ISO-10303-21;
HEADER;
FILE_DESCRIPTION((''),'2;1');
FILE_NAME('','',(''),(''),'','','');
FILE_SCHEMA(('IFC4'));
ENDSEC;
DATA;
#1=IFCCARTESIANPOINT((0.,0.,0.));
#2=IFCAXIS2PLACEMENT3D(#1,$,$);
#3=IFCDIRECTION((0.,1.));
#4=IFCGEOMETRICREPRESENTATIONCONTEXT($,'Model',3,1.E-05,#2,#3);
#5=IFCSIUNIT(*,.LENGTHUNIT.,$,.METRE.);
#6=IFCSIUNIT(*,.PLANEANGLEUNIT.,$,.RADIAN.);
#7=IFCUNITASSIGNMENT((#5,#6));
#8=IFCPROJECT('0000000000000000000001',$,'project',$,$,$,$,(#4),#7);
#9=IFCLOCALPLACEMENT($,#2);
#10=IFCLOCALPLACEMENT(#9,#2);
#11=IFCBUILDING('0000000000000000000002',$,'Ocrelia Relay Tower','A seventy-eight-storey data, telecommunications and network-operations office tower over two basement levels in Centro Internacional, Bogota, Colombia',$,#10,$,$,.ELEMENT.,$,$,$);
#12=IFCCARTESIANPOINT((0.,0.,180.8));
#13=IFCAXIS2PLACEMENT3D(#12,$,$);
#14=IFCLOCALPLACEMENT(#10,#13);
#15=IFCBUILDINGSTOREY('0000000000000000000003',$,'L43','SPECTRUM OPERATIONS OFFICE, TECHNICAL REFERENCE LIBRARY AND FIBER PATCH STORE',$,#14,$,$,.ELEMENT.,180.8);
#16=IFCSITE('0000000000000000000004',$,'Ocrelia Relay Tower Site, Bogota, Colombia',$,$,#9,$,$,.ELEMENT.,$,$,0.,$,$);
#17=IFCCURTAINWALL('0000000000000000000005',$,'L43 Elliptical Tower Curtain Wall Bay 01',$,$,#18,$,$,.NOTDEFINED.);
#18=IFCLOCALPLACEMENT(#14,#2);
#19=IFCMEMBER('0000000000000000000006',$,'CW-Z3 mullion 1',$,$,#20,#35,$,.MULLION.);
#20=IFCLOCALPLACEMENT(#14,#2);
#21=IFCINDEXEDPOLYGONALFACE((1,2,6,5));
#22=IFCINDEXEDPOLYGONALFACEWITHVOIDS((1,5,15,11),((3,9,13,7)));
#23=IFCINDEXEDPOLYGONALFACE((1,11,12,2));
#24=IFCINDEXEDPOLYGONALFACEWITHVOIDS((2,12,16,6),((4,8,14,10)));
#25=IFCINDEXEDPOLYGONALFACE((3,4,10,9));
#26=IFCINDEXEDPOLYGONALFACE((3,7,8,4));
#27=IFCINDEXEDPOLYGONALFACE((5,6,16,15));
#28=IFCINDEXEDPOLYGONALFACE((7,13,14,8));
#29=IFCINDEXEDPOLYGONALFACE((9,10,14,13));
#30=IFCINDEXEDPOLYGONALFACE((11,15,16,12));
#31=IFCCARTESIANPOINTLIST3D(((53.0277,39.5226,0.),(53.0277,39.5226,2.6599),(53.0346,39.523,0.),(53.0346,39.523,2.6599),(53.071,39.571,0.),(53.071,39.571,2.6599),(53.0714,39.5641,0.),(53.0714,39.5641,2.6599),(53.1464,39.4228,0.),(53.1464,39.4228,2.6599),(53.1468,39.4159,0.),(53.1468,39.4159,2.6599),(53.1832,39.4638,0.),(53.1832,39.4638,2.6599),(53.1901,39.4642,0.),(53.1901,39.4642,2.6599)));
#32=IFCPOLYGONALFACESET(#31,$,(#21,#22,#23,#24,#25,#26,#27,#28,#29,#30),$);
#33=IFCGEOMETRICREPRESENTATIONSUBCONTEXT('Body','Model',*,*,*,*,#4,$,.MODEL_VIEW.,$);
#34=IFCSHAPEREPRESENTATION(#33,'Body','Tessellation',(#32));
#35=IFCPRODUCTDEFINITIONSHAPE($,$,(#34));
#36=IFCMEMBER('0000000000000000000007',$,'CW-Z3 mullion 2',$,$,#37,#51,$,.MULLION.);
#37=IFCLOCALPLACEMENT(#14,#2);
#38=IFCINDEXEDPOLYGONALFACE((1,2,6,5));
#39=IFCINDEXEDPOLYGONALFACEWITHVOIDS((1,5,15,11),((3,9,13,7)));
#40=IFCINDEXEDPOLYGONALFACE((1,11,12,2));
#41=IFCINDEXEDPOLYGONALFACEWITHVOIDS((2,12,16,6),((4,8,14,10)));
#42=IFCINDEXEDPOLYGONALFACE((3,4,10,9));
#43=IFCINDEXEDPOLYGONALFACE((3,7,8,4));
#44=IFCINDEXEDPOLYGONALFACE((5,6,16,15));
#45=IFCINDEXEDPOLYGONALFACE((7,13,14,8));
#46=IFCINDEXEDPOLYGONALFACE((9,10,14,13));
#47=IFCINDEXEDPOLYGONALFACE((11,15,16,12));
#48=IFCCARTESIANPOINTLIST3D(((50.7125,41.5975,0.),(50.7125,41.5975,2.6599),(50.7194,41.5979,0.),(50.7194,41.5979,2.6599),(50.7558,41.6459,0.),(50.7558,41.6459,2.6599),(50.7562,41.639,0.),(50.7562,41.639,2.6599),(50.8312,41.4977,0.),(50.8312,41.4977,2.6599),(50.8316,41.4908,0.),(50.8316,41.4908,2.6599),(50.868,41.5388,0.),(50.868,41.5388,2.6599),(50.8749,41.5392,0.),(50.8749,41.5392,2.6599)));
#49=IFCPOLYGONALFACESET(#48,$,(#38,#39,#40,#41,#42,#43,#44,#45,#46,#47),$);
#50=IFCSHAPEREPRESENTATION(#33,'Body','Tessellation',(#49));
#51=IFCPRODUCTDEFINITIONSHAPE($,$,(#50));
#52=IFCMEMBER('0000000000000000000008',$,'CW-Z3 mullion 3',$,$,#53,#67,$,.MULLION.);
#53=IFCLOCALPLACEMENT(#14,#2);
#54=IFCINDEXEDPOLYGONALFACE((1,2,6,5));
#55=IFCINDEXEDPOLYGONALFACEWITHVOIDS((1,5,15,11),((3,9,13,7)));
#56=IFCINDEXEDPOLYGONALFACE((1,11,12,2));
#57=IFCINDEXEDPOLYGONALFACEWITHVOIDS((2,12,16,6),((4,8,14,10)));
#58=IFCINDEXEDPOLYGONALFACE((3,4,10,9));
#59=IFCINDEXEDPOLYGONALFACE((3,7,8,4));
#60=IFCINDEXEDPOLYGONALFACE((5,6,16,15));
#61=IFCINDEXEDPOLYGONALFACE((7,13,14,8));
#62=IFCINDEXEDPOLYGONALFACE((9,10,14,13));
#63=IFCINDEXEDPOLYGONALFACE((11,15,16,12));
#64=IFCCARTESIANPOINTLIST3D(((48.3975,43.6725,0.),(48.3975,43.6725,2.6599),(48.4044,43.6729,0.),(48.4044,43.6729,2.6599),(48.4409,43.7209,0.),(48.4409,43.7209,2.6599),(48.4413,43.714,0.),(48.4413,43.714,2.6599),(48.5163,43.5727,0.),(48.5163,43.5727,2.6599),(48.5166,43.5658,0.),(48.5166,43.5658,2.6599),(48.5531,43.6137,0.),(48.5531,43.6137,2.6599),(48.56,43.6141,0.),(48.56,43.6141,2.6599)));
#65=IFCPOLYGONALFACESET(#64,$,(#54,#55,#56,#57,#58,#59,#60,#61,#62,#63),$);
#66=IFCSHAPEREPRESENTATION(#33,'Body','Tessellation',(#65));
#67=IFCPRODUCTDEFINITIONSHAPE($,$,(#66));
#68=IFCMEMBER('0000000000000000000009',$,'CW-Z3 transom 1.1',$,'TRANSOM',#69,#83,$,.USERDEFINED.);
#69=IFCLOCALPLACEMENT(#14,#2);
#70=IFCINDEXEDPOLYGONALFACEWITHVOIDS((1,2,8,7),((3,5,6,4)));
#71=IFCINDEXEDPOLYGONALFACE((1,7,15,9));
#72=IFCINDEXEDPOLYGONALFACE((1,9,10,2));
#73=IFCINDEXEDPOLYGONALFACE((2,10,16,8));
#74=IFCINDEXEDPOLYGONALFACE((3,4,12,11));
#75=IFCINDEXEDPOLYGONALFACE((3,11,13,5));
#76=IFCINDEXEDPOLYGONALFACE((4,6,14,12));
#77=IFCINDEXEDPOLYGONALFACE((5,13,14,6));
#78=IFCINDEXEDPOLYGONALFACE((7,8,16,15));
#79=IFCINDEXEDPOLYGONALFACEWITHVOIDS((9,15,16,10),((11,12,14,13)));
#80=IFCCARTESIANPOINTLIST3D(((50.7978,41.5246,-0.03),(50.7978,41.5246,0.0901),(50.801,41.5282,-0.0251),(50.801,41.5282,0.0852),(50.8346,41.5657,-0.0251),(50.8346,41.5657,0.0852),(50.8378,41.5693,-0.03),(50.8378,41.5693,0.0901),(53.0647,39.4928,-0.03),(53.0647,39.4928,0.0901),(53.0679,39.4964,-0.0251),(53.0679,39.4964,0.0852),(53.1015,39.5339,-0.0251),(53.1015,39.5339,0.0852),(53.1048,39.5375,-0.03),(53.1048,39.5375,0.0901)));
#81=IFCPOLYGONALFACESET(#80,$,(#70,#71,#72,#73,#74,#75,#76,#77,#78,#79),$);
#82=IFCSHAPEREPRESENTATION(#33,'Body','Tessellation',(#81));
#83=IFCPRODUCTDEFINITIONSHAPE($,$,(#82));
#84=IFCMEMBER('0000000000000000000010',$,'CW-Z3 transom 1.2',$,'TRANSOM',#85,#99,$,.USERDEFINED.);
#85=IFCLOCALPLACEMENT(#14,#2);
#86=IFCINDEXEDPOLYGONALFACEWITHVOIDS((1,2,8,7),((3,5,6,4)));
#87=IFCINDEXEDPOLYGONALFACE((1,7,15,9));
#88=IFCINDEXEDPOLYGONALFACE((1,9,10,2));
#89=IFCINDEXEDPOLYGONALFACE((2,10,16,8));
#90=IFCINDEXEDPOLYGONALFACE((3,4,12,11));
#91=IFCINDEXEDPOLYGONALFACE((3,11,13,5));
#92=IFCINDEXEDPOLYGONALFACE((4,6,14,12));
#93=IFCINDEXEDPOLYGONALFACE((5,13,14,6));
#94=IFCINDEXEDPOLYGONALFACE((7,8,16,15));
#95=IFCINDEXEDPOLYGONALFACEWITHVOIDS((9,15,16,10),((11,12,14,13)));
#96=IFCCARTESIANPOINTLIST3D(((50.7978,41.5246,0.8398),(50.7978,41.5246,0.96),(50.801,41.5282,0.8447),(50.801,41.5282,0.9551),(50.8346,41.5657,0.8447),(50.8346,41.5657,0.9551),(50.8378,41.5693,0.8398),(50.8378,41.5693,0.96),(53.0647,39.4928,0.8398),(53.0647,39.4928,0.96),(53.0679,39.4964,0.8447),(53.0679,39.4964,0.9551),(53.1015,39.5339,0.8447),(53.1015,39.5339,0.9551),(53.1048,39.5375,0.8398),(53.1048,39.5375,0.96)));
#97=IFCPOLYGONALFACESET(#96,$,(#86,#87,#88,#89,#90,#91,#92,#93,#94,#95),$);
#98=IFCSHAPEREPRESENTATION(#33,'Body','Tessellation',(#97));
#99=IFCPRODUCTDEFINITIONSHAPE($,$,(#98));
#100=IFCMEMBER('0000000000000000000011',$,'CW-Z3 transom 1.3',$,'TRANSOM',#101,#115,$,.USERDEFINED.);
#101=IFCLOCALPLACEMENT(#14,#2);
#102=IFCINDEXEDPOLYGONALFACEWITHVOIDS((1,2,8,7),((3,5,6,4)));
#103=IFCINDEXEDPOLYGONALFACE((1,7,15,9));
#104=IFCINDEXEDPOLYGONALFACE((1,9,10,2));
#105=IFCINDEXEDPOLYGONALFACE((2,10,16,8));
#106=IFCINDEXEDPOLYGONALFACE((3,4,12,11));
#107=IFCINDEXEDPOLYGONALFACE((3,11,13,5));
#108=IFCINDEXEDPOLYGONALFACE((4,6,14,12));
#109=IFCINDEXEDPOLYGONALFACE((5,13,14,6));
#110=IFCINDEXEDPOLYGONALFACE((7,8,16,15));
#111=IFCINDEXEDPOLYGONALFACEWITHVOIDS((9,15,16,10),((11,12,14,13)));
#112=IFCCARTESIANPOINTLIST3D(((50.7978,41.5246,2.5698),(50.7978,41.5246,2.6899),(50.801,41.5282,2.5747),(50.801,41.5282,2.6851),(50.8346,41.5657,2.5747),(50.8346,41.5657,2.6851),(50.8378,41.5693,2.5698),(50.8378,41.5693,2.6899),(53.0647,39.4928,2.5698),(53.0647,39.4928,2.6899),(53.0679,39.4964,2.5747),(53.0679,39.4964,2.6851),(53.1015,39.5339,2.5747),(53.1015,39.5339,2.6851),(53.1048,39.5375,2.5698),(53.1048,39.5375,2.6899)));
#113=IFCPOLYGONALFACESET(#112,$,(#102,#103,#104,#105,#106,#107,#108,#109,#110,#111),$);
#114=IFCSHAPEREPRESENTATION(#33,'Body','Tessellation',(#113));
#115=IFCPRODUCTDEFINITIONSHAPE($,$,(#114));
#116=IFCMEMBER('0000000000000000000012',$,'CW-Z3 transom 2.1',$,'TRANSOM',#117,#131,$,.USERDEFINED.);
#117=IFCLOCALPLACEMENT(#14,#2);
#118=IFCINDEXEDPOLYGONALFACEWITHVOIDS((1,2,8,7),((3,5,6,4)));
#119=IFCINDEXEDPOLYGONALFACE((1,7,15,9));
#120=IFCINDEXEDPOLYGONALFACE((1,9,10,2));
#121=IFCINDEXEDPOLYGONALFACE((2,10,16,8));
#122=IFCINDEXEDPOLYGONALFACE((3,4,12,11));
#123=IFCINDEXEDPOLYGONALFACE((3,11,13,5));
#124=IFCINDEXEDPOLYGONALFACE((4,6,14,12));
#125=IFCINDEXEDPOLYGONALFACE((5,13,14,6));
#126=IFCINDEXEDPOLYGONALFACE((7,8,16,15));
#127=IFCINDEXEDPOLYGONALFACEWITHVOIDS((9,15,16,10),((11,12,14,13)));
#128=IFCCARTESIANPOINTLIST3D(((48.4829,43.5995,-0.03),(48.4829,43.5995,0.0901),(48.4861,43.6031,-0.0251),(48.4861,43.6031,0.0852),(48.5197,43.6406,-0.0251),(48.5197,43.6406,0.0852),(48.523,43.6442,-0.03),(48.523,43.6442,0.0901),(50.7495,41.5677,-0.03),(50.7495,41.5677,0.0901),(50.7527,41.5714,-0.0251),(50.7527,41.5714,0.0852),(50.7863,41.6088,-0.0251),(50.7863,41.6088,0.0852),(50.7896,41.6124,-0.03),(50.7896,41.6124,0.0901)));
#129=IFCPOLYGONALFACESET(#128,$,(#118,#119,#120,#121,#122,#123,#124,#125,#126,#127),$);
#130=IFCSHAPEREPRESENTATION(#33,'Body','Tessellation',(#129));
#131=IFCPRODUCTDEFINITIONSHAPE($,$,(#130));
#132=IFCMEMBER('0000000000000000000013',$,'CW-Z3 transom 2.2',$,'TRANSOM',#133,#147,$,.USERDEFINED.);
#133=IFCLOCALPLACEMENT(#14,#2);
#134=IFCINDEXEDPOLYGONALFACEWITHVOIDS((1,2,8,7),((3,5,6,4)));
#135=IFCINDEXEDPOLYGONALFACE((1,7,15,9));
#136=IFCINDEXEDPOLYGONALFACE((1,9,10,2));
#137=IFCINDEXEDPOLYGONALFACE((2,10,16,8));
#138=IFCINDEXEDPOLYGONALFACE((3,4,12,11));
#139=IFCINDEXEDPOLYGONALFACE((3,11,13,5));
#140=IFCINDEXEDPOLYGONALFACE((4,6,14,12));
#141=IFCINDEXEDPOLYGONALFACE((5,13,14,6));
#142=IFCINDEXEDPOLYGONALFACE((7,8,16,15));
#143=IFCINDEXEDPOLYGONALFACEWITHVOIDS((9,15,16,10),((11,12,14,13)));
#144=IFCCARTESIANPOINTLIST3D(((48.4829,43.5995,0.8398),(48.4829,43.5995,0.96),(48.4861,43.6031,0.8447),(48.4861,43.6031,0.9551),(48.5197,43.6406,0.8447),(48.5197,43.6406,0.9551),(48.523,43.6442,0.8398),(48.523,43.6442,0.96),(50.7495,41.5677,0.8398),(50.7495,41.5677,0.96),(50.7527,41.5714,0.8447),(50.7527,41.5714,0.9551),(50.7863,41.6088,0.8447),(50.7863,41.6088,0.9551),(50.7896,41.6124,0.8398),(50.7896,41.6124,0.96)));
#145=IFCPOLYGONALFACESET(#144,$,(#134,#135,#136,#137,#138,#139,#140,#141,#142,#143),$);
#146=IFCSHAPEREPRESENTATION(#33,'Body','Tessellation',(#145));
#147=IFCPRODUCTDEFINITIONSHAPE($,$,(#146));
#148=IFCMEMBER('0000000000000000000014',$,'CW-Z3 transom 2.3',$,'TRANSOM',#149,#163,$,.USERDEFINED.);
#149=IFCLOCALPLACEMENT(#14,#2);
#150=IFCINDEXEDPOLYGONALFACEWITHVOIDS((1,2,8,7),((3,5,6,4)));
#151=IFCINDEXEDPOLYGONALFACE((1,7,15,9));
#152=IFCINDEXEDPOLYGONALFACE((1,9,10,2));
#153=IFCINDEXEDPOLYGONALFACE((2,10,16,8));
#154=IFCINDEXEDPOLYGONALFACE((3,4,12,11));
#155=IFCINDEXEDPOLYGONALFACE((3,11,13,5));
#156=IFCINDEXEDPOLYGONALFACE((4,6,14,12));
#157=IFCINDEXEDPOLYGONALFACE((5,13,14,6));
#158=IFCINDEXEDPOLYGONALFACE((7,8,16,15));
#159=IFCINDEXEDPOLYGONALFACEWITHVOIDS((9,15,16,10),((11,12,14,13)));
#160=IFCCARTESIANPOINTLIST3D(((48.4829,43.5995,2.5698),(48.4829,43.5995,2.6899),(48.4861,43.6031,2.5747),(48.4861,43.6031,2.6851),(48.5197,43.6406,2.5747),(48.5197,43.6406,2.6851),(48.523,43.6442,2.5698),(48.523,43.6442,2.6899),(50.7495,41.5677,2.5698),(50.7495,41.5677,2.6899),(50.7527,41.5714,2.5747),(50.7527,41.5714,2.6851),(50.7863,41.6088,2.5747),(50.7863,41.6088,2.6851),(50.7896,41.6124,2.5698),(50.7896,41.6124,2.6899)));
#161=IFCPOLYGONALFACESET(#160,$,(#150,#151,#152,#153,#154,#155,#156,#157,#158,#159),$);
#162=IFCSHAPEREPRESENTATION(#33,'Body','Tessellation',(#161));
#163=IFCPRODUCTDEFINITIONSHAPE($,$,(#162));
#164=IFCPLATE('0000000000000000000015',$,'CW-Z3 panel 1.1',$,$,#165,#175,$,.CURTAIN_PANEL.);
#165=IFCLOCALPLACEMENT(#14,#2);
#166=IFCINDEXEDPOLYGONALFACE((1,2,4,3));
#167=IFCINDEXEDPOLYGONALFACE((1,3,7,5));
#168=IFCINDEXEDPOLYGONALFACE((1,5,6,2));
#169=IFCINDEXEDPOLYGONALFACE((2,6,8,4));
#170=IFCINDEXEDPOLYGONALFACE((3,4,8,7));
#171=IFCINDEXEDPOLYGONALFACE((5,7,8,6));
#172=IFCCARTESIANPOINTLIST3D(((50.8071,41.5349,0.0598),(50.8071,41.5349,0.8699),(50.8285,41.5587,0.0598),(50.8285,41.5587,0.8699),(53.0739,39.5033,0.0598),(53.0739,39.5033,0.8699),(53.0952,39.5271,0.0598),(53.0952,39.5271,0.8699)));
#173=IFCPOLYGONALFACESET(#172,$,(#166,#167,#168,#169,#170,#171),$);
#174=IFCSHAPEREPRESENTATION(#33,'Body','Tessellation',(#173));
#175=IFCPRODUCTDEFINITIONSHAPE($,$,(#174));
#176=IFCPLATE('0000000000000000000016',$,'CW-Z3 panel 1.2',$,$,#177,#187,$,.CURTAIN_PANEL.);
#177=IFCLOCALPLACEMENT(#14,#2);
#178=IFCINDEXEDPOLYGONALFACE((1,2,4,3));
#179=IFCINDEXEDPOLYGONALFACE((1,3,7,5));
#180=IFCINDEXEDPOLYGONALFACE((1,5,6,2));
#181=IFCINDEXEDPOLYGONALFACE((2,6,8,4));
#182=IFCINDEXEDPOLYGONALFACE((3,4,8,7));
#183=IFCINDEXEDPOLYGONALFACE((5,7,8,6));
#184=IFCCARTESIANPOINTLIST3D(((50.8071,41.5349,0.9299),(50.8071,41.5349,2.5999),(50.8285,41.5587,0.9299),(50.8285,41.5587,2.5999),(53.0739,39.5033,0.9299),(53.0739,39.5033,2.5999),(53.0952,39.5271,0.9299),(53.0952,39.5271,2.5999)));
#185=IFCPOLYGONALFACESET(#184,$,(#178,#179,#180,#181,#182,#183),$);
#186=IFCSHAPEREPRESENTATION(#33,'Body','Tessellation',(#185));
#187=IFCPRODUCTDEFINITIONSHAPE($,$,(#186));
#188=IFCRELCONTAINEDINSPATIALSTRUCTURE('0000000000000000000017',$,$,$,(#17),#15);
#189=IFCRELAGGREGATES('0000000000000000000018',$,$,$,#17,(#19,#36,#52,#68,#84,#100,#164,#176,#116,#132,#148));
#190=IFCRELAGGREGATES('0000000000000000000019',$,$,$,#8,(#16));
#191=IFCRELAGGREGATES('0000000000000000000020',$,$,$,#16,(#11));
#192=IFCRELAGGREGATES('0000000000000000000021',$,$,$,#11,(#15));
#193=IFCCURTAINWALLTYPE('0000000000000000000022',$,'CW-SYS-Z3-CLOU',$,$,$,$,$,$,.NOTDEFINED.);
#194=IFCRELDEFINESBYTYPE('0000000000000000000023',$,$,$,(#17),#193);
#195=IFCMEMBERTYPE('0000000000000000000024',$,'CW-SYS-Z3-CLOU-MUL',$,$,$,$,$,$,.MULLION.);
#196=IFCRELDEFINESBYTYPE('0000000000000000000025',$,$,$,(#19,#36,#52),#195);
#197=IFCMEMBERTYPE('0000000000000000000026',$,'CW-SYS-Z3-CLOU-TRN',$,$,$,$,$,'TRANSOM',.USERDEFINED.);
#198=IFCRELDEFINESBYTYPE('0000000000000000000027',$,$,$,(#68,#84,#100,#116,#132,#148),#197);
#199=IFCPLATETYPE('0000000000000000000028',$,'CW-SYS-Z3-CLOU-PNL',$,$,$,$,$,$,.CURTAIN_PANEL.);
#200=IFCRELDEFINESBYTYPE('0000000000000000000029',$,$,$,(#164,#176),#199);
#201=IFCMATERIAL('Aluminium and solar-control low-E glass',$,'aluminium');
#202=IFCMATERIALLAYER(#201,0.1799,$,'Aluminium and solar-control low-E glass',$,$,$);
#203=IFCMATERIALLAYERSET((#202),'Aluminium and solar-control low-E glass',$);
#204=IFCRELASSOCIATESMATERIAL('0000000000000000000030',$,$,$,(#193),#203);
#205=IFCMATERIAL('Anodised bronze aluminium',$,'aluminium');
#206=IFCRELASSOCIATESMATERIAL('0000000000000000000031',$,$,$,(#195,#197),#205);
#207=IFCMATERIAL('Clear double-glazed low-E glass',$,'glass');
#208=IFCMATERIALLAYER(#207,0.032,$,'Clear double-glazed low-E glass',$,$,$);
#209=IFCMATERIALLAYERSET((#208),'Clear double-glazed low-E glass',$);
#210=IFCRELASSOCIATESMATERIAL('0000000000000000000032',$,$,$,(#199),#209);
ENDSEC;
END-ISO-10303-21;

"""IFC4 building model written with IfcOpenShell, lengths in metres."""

from ifc_helpers import new_model, si_unit, direction, frame, origin, origin_2d, place, context, subcontext, project, spatial, rectangle, hollow_rectangle, extrude, material, layer, layer_set, material_profile, profile_set, type_object, element, aggregate, save


model = new_model("IFC4")

# Units and contexts
model_context = context("Model", 3, precision=1e-05, world=origin(), true_north=direction((0.0, 1.0)))
body_context = subcontext(model_context, "Body", "Model", "MODEL_VIEW")
ifc_project = project(units=[si_unit("LENGTHUNIT", "METRE"), si_unit("PLANEANGLEUNIT", "RADIAN")], contexts=[model_context])

# Site, building, storey
site_placement = place(None, origin())
site = spatial("IfcSite", under=ifc_project, at=site_placement, Name="Ocrelia Relay Tower Site, Bogota, Colombia", CompositionType="ELEMENT", RefElevation=0.0)
building_placement = place(site_placement, origin())
building = spatial("IfcBuilding", under=site, at=building_placement, Name="Ocrelia Relay Tower", Description="A seventy-eight-storey data, telecommunications and network-operations office tower over two basement levels in Centro Internacional, Bogota, Colombia", CompositionType="ELEMENT")
storey_placement = place(building_placement, frame((0.0, 0.0, 180.8)))
storey = spatial("IfcBuildingStorey", under=building, at=storey_placement, Name="L43", Description="SPECTRUM OPERATIONS OFFICE, TECHNICAL REFERENCE LIBRARY AND FIBER PATCH STORE", CompositionType="ELEMENT", Elevation=180.8)

# Curtain wall, members, plates
ifc_material_1 = material(Name="Aluminium and solar-control low-E glass", Category="aluminium")
ifc_layer_1 = layer(ifc_material_1, 0.1799, Name="Aluminium and solar-control low-E glass")
ifc_layer_set_1 = layer_set([ifc_layer_1], Name="Aluminium and solar-control low-E glass")
curtain_wall_type = type_object("IfcCurtainWallType", Name="CW-SYS-Z3-CLOU", PredefinedType="NOTDEFINED", material=ifc_layer_set_1)
curtain_wall_placement = place(storey_placement, origin())
curtain_wall = element("IfcCurtainWall", 1, at=curtain_wall_placement, inside=storey, type_object=curtain_wall_type, Name="L43 Elliptical Tower Curtain Wall Bay 01", PredefinedType="NOTDEFINED")
ifc_material_2 = material(Name="Anodised bronze aluminium", Category="aluminium")
ifc_material_profile_1 = material_profile(ifc_material_2, hollow_rectangle(XDim=0.0649, YDim=0.1599, WallThickness=0.0049, at=origin_2d()), Name="CW-MUL-160x65")
ifc_profile_set_1 = profile_set([ifc_material_profile_1], Name="Anodised bronze aluminium")
member_type_1 = type_object("IfcMemberType", Name="CW-SYS-Z3-CLOU-MUL", PredefinedType="MULLION", material=ifc_profile_set_1)
member_1_placement = place(storey_placement, frame((53.1089, 39.4934, 0.0), z_axis=(0.0, 0.0, 1.0), x_axis=(-0.667438, -0.744666, 0.0)))
member_1 = element("IfcMember", 2, at=member_1_placement, type_object=member_type_1, Name="CW-Z3 mullion 1", PredefinedType="MULLION", context=body_context, shape_type="SweptSolid", body=[
    extrude(hollow_rectangle(XDim=0.0649, YDim=0.1599, WallThickness=0.0049, at=origin_2d()), origin(), (0.0, 0.0, 1.0), 2.6599),
])
member_2_placement = place(storey_placement, frame((50.7937, 41.5684, 0.0), z_axis=(0.0, 0.0, 1.0), x_axis=(-0.667438, -0.744666, 0.0)))
member_2 = element("IfcMember", 3, at=member_2_placement, type_object=member_type_1, Name="CW-Z3 mullion 2", PredefinedType="MULLION", context=body_context, shape_type="SweptSolid", body=[
    extrude(hollow_rectangle(XDim=0.0649, YDim=0.1599, WallThickness=0.0049, at=origin_2d()), origin(), (0.0, 0.0, 1.0), 2.6599),
])
member_3_placement = place(storey_placement, frame((48.4788, 43.6433, 0.0), z_axis=(0.0, 0.0, 1.0), x_axis=(-0.667438, -0.744666, 0.0)))
member_3 = element("IfcMember", 4, at=member_3_placement, type_object=member_type_1, Name="CW-Z3 mullion 3", PredefinedType="MULLION", context=body_context, shape_type="SweptSolid", body=[
    extrude(hollow_rectangle(XDim=0.0649, YDim=0.1599, WallThickness=0.0049, at=origin_2d()), origin(), (0.0, 0.0, 1.0), 2.6599),
])
ifc_material_profile_2 = material_profile(ifc_material_2, hollow_rectangle(XDim=0.0601, YDim=0.1201, WallThickness=0.0049, at=origin_2d()), Name="CW-TRN-120x60")
ifc_profile_set_2 = profile_set([ifc_material_profile_2], Name="Anodised bronze aluminium")
member_type_2 = type_object("IfcMemberType", Name="CW-SYS-Z3-CLOU-TRN", ElementType="TRANSOM", PredefinedType="USERDEFINED", material=ifc_profile_set_2)
member_4_placement = place(storey_placement, frame((53.0847, 39.5151, 0.03), z_axis=(-0.744668, 0.667435, 0.0), x_axis=(-0.667435, -0.744668, 0.0)))
member_4 = element("IfcMember", 5, at=member_4_placement, type_object=member_type_2, Name="CW-Z3 transom 1.1", ObjectType="TRANSOM", PredefinedType="USERDEFINED", context=body_context, shape_type="SweptSolid", body=[
    extrude(hollow_rectangle(XDim=0.0601, YDim=0.1201, WallThickness=0.0049, at=origin_2d()), origin(), (0.0, 0.0, 1.0), 3.0442),
])
member_5_placement = place(storey_placement, frame((53.0847, 39.5151, 0.8999), z_axis=(-0.744668, 0.667435, 0.0), x_axis=(-0.667435, -0.744668, 0.0)))
member_5 = element("IfcMember", 6, at=member_5_placement, type_object=member_type_2, Name="CW-Z3 transom 1.2", ObjectType="TRANSOM", PredefinedType="USERDEFINED", context=body_context, shape_type="SweptSolid", body=[
    extrude(hollow_rectangle(XDim=0.0601, YDim=0.1201, WallThickness=0.0049, at=origin_2d()), origin(), (0.0, 0.0, 1.0), 3.0442),
])
member_6_placement = place(storey_placement, frame((53.0847, 39.5151, 2.6299), z_axis=(-0.744668, 0.667435, 0.0), x_axis=(-0.667435, -0.744668, 0.0)))
member_6 = element("IfcMember", 7, at=member_6_placement, type_object=member_type_2, Name="CW-Z3 transom 1.3", ObjectType="TRANSOM", PredefinedType="USERDEFINED", context=body_context, shape_type="SweptSolid", body=[
    extrude(hollow_rectangle(XDim=0.0601, YDim=0.1201, WallThickness=0.0049, at=origin_2d()), origin(), (0.0, 0.0, 1.0), 3.0442),
])
member_7_placement = place(storey_placement, frame((50.7695, 41.5901, 0.03), z_axis=(-0.744633, 0.667474, 0.0), x_axis=(-0.667474, -0.744633, 0.0)))
member_7 = element("IfcMember", 8, at=member_7_placement, type_object=member_type_2, Name="CW-Z3 transom 2.1", ObjectType="TRANSOM", PredefinedType="USERDEFINED", context=body_context, shape_type="SweptSolid", body=[
    extrude(hollow_rectangle(XDim=0.0601, YDim=0.1201, WallThickness=0.0049, at=origin_2d()), origin(), (0.0, 0.0, 1.0), 3.0439),
])
member_8_placement = place(storey_placement, frame((50.7695, 41.5901, 0.8999), z_axis=(-0.744633, 0.667474, 0.0), x_axis=(-0.667474, -0.744633, 0.0)))
member_8 = element("IfcMember", 9, at=member_8_placement, type_object=member_type_2, Name="CW-Z3 transom 2.2", ObjectType="TRANSOM", PredefinedType="USERDEFINED", context=body_context, shape_type="SweptSolid", body=[
    extrude(hollow_rectangle(XDim=0.0601, YDim=0.1201, WallThickness=0.0049, at=origin_2d()), origin(), (0.0, 0.0, 1.0), 3.0439),
])
member_9_placement = place(storey_placement, frame((50.7695, 41.5901, 2.6299), z_axis=(-0.744633, 0.667474, 0.0), x_axis=(-0.667474, -0.744633, 0.0)))
member_9 = element("IfcMember", 10, at=member_9_placement, type_object=member_type_2, Name="CW-Z3 transom 2.3", ObjectType="TRANSOM", PredefinedType="USERDEFINED", context=body_context, shape_type="SweptSolid", body=[
    extrude(hollow_rectangle(XDim=0.0601, YDim=0.1201, WallThickness=0.0049, at=origin_2d()), origin(), (0.0, 0.0, 1.0), 3.0439),
])
ifc_material_3 = material(Name="Clear double-glazed low-E glass", Category="glass")
ifc_layer_2 = layer(ifc_material_3, 0.032, Name="Clear double-glazed low-E glass")
ifc_layer_set_2 = layer_set([ifc_layer_2], Name="Clear double-glazed low-E glass")
plate_type = type_object("IfcPlateType", Name="CW-SYS-Z3-CLOU-PNL", PredefinedType="CURTAIN_PANEL", material=ifc_layer_set_2)
plate_1_placement = place(storey_placement, frame((51.9512, 40.531, 0.0598), z_axis=(0.0, 0.0, 1.0), x_axis=(-0.744666, 0.667438, 0.0)))
plate_1 = element("IfcPlate", 11, at=plate_1_placement, type_object=plate_type, Name="CW-Z3 panel 1.1", PredefinedType="CURTAIN_PANEL", context=body_context, shape_type="SweptSolid", body=[
    extrude(rectangle(XDim=3.0439, YDim=0.032, at=origin_2d()), origin(), (0.0, 0.0, 1.0), 0.8101),
])
plate_2_placement = place(storey_placement, frame((51.9512, 40.531, 0.9299), z_axis=(0.0, 0.0, 1.0), x_axis=(-0.744666, 0.667438, 0.0)))
plate_2 = element("IfcPlate", 12, at=plate_2_placement, type_object=plate_type, Name="CW-Z3 panel 1.2", PredefinedType="CURTAIN_PANEL", context=body_context, shape_type="SweptSolid", body=[
    extrude(rectangle(XDim=3.0439, YDim=0.032, at=origin_2d()), origin(), (0.0, 0.0, 1.0), 1.6699),
])
aggregate(curtain_wall, [member_1, member_2, member_3, member_4, member_5, member_6, plate_1, plate_2, member_7, member_8, member_9])

save(model, "model.ifc")
